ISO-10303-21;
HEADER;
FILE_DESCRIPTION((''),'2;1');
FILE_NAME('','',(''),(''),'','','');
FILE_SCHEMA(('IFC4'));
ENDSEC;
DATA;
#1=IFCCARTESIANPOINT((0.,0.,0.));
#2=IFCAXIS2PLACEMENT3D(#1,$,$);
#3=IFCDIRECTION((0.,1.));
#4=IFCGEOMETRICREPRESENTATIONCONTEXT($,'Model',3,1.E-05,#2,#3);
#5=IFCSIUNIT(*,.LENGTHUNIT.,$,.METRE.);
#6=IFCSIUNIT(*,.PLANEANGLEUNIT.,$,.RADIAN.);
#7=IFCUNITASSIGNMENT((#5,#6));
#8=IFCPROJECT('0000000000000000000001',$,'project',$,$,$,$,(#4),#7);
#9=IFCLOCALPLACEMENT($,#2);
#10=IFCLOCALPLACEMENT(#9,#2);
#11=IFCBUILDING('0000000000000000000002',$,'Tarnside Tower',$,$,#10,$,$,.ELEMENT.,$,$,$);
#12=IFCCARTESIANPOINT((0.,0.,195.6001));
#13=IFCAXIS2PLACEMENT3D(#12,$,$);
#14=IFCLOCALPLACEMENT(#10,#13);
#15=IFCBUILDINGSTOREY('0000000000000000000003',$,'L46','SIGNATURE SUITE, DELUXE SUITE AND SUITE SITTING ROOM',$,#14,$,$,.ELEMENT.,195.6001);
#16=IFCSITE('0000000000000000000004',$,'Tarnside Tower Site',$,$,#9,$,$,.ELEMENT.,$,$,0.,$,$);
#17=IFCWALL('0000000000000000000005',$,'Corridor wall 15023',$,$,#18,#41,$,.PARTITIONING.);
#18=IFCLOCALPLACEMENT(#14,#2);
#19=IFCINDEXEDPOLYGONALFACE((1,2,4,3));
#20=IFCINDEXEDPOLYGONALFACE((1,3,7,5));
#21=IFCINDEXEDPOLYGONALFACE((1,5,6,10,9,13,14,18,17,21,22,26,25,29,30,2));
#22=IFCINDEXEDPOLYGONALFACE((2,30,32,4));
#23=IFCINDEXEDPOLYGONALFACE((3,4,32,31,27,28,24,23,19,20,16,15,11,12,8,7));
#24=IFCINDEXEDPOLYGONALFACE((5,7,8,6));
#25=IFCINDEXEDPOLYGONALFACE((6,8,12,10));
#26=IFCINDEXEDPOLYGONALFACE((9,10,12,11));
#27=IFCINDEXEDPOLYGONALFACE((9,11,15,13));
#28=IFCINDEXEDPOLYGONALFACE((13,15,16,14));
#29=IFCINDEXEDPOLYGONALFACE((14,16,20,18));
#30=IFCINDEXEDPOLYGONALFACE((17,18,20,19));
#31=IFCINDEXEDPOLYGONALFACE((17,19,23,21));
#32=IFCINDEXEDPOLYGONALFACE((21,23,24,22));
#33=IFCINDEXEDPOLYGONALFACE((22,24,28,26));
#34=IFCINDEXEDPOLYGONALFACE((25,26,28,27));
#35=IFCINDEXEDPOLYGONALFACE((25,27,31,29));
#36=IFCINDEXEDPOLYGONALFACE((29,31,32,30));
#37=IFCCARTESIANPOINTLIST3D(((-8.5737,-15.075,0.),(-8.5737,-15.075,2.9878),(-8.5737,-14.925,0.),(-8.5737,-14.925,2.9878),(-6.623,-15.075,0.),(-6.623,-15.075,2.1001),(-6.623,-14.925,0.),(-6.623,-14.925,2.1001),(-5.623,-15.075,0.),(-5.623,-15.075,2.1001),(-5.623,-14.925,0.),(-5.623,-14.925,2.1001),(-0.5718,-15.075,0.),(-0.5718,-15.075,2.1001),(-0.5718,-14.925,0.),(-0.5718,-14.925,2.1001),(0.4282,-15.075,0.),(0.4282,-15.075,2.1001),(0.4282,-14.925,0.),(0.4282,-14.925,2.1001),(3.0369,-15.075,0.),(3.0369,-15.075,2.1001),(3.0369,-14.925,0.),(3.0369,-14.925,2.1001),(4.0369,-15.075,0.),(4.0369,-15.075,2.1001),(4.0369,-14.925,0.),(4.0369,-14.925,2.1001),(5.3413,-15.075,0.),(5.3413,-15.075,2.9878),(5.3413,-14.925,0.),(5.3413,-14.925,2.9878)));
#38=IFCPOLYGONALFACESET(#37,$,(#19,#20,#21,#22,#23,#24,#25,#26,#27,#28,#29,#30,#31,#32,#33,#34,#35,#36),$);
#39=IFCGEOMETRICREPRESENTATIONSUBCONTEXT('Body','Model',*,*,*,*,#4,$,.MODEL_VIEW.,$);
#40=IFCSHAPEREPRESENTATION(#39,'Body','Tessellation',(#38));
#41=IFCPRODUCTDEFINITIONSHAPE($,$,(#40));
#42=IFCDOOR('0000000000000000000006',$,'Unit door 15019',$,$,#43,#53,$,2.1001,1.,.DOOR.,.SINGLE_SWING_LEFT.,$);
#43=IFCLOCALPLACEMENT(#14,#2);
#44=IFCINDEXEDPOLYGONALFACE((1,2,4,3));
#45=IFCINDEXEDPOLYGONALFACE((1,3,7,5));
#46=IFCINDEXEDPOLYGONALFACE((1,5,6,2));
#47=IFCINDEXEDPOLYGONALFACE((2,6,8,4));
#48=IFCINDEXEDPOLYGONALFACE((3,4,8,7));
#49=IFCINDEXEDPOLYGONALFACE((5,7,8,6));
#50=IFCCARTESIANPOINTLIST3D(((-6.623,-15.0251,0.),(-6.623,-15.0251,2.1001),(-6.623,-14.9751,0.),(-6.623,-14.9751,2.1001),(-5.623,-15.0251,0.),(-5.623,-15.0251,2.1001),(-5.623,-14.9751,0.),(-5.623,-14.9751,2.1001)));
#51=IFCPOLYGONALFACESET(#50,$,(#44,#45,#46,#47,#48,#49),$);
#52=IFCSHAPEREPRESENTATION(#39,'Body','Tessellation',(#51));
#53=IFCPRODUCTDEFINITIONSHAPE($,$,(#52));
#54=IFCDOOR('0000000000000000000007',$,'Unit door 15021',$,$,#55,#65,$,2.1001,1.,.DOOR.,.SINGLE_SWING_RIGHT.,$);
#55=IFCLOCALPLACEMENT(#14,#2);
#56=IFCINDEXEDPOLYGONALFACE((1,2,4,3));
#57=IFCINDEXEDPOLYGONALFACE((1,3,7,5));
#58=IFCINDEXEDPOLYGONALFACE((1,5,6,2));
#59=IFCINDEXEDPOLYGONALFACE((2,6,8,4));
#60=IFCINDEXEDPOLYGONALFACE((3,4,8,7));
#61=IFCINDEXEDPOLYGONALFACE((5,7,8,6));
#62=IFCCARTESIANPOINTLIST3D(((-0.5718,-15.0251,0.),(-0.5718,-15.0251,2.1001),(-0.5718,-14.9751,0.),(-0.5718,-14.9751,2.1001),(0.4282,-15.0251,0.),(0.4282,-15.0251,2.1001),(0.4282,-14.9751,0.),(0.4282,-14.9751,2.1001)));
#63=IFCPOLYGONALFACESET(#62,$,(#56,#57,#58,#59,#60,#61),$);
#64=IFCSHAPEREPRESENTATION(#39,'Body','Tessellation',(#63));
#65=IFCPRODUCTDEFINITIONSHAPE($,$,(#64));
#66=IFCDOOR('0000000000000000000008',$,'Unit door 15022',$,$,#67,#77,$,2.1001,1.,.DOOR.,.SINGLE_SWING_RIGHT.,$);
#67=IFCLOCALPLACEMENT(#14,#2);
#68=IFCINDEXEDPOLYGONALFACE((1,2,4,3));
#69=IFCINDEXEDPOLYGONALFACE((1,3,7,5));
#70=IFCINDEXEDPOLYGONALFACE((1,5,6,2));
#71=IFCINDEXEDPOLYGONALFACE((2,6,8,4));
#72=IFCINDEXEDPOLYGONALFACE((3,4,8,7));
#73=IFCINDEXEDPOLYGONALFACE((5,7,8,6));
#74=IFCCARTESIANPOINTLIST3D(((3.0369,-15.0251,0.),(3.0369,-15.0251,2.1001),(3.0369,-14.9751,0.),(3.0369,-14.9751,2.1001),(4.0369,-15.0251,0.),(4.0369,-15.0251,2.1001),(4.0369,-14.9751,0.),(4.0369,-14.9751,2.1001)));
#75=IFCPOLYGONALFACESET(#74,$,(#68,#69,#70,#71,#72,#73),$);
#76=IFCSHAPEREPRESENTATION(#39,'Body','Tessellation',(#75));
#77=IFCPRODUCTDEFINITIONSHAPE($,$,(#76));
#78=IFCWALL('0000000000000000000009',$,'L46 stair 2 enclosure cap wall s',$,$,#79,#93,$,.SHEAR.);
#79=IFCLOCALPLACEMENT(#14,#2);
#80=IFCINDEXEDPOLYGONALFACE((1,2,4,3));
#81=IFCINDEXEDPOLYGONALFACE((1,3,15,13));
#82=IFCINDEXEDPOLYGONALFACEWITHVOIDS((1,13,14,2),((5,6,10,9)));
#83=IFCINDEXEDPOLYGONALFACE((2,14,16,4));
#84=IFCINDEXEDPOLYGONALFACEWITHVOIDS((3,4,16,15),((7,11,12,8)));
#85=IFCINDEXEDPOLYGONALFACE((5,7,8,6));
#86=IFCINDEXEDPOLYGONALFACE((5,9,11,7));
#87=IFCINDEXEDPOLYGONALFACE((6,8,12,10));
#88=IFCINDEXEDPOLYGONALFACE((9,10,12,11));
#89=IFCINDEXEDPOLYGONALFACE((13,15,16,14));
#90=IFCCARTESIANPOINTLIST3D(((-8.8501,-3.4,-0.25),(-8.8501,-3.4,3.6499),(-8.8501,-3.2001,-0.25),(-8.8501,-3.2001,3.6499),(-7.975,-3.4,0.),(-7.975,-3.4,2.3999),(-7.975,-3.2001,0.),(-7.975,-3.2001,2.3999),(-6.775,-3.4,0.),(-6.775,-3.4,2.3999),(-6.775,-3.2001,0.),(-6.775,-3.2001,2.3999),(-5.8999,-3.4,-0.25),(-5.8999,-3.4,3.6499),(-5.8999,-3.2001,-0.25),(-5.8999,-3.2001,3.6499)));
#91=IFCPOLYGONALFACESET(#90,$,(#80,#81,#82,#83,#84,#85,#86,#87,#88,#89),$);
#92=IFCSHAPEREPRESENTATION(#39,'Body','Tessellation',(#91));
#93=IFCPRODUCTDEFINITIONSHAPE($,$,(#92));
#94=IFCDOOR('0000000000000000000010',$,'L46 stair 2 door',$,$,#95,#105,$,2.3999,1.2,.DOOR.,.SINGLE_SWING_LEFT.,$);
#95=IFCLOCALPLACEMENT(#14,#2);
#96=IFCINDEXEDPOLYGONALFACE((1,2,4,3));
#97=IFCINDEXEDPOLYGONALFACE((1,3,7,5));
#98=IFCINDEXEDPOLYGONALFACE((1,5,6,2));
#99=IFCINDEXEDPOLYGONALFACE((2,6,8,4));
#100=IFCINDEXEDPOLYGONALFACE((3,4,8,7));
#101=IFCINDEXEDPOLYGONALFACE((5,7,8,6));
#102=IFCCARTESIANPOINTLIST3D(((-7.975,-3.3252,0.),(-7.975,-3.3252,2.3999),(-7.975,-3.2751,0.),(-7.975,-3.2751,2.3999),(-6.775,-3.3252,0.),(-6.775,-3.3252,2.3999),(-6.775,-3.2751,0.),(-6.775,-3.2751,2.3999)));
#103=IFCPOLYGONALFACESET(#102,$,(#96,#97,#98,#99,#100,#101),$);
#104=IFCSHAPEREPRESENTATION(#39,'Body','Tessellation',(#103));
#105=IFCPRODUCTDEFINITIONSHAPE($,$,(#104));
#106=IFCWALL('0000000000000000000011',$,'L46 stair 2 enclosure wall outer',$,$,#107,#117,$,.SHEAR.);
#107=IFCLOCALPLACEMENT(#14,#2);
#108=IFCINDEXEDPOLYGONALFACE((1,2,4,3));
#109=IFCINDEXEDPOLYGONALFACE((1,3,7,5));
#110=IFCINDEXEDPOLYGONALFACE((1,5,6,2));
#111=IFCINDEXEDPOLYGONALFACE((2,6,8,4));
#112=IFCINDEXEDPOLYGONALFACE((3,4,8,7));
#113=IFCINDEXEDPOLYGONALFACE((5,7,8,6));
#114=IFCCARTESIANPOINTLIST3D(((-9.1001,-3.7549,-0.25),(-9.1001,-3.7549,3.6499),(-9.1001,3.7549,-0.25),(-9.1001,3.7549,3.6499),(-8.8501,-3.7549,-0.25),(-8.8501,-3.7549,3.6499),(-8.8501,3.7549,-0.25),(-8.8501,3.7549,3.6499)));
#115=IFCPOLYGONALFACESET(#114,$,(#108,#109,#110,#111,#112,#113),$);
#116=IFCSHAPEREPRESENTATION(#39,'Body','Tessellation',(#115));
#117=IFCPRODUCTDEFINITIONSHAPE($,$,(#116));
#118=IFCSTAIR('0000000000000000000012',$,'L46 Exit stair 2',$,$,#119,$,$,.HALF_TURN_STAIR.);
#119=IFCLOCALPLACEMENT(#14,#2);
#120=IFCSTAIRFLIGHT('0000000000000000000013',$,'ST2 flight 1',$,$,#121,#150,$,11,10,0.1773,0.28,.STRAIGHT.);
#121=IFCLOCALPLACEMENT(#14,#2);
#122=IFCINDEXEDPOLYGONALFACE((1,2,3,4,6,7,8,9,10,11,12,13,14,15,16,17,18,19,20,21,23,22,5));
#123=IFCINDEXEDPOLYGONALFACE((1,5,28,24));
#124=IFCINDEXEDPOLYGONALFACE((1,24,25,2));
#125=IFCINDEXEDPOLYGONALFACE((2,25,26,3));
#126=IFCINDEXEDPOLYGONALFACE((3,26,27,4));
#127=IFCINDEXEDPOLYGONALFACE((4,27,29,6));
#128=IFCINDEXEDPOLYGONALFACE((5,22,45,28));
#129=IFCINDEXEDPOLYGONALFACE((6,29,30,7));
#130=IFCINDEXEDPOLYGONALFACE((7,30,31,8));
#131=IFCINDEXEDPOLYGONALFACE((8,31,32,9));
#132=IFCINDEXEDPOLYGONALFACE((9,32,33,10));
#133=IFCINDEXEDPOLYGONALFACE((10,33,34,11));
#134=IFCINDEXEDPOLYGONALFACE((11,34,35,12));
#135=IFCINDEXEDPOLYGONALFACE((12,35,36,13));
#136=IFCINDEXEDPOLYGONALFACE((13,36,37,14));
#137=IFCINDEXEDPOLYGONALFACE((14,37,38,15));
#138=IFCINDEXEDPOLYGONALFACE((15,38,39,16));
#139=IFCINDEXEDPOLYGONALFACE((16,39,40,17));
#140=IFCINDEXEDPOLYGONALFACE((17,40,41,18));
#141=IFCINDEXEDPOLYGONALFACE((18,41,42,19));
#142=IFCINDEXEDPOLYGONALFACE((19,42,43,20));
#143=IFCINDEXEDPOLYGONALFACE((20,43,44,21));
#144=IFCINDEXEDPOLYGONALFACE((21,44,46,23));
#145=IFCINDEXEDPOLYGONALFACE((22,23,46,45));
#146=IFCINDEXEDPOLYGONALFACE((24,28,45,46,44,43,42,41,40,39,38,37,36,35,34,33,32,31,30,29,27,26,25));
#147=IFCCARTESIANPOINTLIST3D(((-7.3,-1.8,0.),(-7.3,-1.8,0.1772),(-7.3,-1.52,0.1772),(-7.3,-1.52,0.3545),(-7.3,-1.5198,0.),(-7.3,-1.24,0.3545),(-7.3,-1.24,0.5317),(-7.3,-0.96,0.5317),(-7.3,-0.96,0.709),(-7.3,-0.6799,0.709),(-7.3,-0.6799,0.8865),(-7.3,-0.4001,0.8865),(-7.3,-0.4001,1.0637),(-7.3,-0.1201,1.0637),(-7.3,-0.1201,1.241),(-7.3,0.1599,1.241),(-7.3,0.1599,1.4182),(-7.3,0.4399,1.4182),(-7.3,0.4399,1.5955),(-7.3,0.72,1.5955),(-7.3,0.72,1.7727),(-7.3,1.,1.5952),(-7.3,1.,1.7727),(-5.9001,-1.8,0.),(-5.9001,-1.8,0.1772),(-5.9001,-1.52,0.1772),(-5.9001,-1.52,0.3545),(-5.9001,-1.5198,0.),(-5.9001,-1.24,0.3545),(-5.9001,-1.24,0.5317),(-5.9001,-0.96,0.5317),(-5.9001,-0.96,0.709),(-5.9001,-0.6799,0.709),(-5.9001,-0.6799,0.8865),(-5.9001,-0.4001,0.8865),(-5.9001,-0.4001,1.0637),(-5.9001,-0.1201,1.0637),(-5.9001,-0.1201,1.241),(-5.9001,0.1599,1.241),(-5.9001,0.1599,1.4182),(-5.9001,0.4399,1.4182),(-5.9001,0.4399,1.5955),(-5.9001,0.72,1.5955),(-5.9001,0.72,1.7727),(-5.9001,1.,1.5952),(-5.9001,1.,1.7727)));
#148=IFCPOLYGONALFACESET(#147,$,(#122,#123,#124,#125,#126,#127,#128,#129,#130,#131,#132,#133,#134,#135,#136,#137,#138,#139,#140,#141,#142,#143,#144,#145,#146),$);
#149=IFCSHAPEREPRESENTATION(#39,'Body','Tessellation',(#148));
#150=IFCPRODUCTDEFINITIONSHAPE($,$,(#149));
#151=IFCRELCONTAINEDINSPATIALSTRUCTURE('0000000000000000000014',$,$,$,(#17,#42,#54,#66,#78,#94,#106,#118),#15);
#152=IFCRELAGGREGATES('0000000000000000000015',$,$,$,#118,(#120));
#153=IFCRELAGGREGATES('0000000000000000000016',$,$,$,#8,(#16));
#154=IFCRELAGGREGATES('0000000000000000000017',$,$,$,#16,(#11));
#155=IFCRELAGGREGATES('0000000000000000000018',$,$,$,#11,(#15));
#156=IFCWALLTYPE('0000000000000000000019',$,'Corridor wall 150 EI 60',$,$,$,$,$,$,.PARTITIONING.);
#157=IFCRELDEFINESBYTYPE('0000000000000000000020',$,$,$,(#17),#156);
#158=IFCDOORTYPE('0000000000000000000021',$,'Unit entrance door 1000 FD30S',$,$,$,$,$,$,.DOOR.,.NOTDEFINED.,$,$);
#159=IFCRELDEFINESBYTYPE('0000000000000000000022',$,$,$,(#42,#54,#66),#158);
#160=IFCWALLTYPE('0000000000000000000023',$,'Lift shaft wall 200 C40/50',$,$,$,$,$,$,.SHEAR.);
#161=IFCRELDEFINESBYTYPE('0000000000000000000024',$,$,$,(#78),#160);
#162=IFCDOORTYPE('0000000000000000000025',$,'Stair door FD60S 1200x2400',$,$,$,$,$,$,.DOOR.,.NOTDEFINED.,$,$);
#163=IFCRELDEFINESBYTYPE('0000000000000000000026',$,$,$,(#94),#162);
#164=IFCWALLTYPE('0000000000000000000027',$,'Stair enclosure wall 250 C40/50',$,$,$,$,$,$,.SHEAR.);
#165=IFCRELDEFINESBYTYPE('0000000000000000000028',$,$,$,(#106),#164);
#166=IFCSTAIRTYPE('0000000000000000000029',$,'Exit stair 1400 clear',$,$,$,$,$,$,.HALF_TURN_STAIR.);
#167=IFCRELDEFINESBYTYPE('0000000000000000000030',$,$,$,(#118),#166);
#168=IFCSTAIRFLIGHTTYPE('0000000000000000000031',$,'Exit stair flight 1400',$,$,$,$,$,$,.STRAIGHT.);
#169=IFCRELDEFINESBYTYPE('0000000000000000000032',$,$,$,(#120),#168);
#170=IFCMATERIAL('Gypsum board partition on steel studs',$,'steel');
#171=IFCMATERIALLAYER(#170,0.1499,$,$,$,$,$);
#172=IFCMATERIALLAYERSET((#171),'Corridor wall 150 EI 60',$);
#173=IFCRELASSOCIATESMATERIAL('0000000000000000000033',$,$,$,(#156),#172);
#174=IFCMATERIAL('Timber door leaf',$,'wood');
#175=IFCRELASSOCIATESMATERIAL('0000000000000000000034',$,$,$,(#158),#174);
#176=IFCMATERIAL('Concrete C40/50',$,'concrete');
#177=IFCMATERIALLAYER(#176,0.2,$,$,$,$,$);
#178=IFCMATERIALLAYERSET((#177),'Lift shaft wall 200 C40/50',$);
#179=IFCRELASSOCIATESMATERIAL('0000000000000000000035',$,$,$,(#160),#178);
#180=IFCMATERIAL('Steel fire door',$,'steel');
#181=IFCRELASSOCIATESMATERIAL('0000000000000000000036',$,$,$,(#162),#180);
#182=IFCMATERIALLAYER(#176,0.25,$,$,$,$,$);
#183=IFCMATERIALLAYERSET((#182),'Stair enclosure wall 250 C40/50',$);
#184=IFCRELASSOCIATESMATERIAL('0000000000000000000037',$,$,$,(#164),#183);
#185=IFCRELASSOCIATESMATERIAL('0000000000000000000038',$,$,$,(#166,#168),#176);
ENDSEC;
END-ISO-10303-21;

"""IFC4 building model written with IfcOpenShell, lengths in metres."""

from ifc_helpers import new_model, si_unit, direction, frame, frame_2d, origin, place, context, subcontext, project, spatial, polyline, rectangle, outline, extrude, material, layer, layer_set, type_object, element, fill, aggregate, save


model = new_model("IFC4")

# Units and contexts
model_context = context("Model", 3, precision=1e-05, world=origin(), true_north=direction((0.0, 1.0)))
body_context = subcontext(model_context, "Body", "Model", "MODEL_VIEW")
ifc_project = project(units=[si_unit("LENGTHUNIT", "METRE"), si_unit("PLANEANGLEUNIT", "RADIAN")], contexts=[model_context])

# Site, building, storey
site_placement = place(None, origin())
site = spatial("IfcSite", under=ifc_project, at=site_placement, Name="Tarnside Tower Site", CompositionType="ELEMENT", RefElevation=0.0)
building_placement = place(site_placement, origin())
building = spatial("IfcBuilding", under=site, at=building_placement, Name="Tarnside Tower", CompositionType="ELEMENT")
storey_placement = place(building_placement, frame((0.0, 0.0, 195.6001)))
storey = spatial("IfcBuildingStorey", under=building, at=storey_placement, Name="L46", Description="SIGNATURE SUITE, DELUXE SUITE AND SUITE SITTING ROOM", CompositionType="ELEMENT", Elevation=195.6001)

# Shared definitions
ifc_material_1 = material(Name="Gypsum board partition on steel studs", Category="steel")
ifc_material_2 = material(Name="Timber door leaf", Category="wood")
ifc_material_3 = material(Name="Steel fire door", Category="steel")

# Shared definitions
ifc_layer_1 = layer(ifc_material_1, 0.1499)
ifc_layer_set_1 = layer_set([ifc_layer_1], Name="Corridor wall 150 EI 60")
wall_type_1 = type_object("IfcWallType", Name="Corridor wall 150 EI 60", PredefinedType="PARTITIONING", material=ifc_layer_set_1)

# Wall, openings, doors
door_type_1 = type_object("IfcDoorType", Name="Unit entrance door 1000 FD30S", OperationType="NOTDEFINED", PredefinedType="DOOR", material=ifc_material_2)
wall_1_placement = place(storey_placement, frame((-8.5737, -15.0, 0.0), z_axis=(0.0, 0.0, 1.0), x_axis=(1.0, 0.0, 0.0)))
wall_1 = element("IfcWall", 1, at=wall_1_placement, inside=storey, type_object=wall_type_1, Name="Corridor wall 15023", PredefinedType="PARTITIONING", context=body_context, shape_type="SweptSolid", body=[
    extrude(rectangle(XDim=13.915, YDim=0.1499, at=frame_2d((6.9575, 0.0))), origin(), (0.0, 0.0, 1.0), 2.9878),
])
opening_1_placement = place(wall_1_placement, frame((1.9507, 0.0, 0.0)))
opening_1 = element("IfcOpeningElement", 2, at=opening_1_placement, cuts=wall_1, PredefinedType="OPENING", context=body_context, shape_type="SweptSolid", body=[
    extrude(rectangle(XDim=1.0, YDim=2.1001, at=frame_2d((0.5, 1.05))), frame((0.0, 0.085, 0.0), z_axis=(0.0, -1.0, 0.0), x_axis=(1.0, 0.0, 0.0)), (0.0, 0.0, 1.0), 0.1699),
])
opening_2_placement = place(wall_1_placement, frame((8.002, 0.0, 0.0)))
opening_2 = element("IfcOpeningElement", 3, at=opening_2_placement, cuts=wall_1, PredefinedType="OPENING", context=body_context, shape_type="SweptSolid", body=[
    extrude(rectangle(XDim=1.0, YDim=2.1001, at=frame_2d((0.5, 1.05))), frame((0.0, 0.085, 0.0), z_axis=(0.0, -1.0, 0.0), x_axis=(1.0, 0.0, 0.0)), (0.0, 0.0, 1.0), 0.1699),
])
opening_3_placement = place(wall_1_placement, frame((11.6106, 0.0, 0.0)))
opening_3 = element("IfcOpeningElement", 4, at=opening_3_placement, cuts=wall_1, PredefinedType="OPENING", context=body_context, shape_type="SweptSolid", body=[
    extrude(rectangle(XDim=1.0, YDim=2.1001, at=frame_2d((0.5, 1.05))), frame((0.0, 0.085, 0.0), z_axis=(0.0, -1.0, 0.0), x_axis=(1.0, 0.0, 0.0)), (0.0, 0.0, 1.0), 0.1699),
])
door_1_placement = place(opening_1_placement, origin())
door_1 = element("IfcDoor", 5, at=door_1_placement, inside=storey, type_object=door_type_1, Name="Unit door 15019", OperationType="SINGLE_SWING_LEFT", OverallHeight=2.1001, OverallWidth=1.0, PredefinedType="DOOR", context=body_context, shape_type="SweptSolid", body=[
    extrude(rectangle(XDim=1.0, YDim=2.1001, at=frame_2d((0.5, 1.05))), frame((0.0, 0.0249, 0.0), z_axis=(0.0, -1.0, 0.0), x_axis=(1.0, 0.0, 0.0)), (0.0, 0.0, 1.0), 0.05),
])
fill(opening_1, door_1)
door_2_placement = place(opening_2_placement, origin())
door_2 = element("IfcDoor", 6, at=door_2_placement, inside=storey, type_object=door_type_1, Name="Unit door 15021", OperationType="SINGLE_SWING_RIGHT", OverallHeight=2.1001, OverallWidth=1.0, PredefinedType="DOOR", context=body_context, shape_type="SweptSolid", body=[
    extrude(rectangle(XDim=1.0, YDim=2.1001, at=frame_2d((0.5, 1.05))), frame((0.0, 0.0249, 0.0), z_axis=(0.0, -1.0, 0.0), x_axis=(1.0, 0.0, 0.0)), (0.0, 0.0, 1.0), 0.05),
])
fill(opening_2, door_2)
door_3_placement = place(opening_3_placement, origin())
door_3 = element("IfcDoor", 7, at=door_3_placement, inside=storey, type_object=door_type_1, Name="Unit door 15022", OperationType="SINGLE_SWING_RIGHT", OverallHeight=2.1001, OverallWidth=1.0, PredefinedType="DOOR", context=body_context, shape_type="SweptSolid", body=[
    extrude(rectangle(XDim=1.0, YDim=2.1001, at=frame_2d((0.5, 1.05))), frame((0.0, 0.0249, 0.0), z_axis=(0.0, -1.0, 0.0), x_axis=(1.0, 0.0, 0.0)), (0.0, 0.0, 1.0), 0.05),
])
fill(opening_3, door_3)

# Wall, opening, door
ifc_material_4 = material(Name="Concrete C40/50", Category="concrete")
ifc_layer_2 = layer(ifc_material_4, 0.2)
ifc_layer_set_2 = layer_set([ifc_layer_2], Name="Lift shaft wall 200 C40/50")
wall_type_2 = type_object("IfcWallType", Name="Lift shaft wall 200 C40/50", PredefinedType="SHEAR", material=ifc_layer_set_2)
wall_2_placement = place(storey_placement, frame((-8.8501, -3.3, -0.25), z_axis=(0.0, 0.0, 1.0), x_axis=(1.0, 0.0, 0.0)))
wall_2 = element("IfcWall", 8, at=wall_2_placement, inside=storey, type_object=wall_type_2, Name="L46 stair 2 enclosure cap wall s", PredefinedType="SHEAR", context=body_context, shape_type="SweptSolid", body=[
    extrude(rectangle(XDim=2.9502, YDim=0.2, at=frame_2d((1.4751, 0.0))), origin(), (0.0, 0.0, 1.0), 3.8999),
])
opening_4_placement = place(wall_2_placement, frame((0.875, 0.0, 0.25)))
opening_4 = element("IfcOpeningElement", 9, at=opening_4_placement, cuts=wall_2, PredefinedType="OPENING", context=body_context, shape_type="SweptSolid", body=[
    extrude(rectangle(XDim=1.2, YDim=2.3999, at=frame_2d((0.6001, 1.2))), frame((0.0, 0.1099, 0.0), z_axis=(0.0, -1.0, 0.0), x_axis=(1.0, 0.0, 0.0)), (0.0, 0.0, 1.0), 0.22),
])
door_type_2 = type_object("IfcDoorType", Name="Stair door FD60S 1200x2400", OperationType="NOTDEFINED", PredefinedType="DOOR", material=ifc_material_3)
door_4_placement = place(opening_4_placement, origin())
door_4 = element("IfcDoor", 10, at=door_4_placement, inside=storey, type_object=door_type_2, Name="L46 stair 2 door", OperationType="SINGLE_SWING_LEFT", OverallHeight=2.3999, OverallWidth=1.2, PredefinedType="DOOR", context=body_context, shape_type="SweptSolid", body=[
    extrude(rectangle(XDim=1.2, YDim=2.3999, at=frame_2d((0.6001, 1.2))), frame((0.0, 0.0249, 0.0), z_axis=(0.0, -1.0, 0.0), x_axis=(1.0, 0.0, 0.0)), (0.0, 0.0, 1.0), 0.05),
])
fill(opening_4, door_4)

# Wall
ifc_layer_3 = layer(ifc_material_4, 0.25)
ifc_layer_set_3 = layer_set([ifc_layer_3], Name="Stair enclosure wall 250 C40/50")
wall_type_3 = type_object("IfcWallType", Name="Stair enclosure wall 250 C40/50", PredefinedType="SHEAR", material=ifc_layer_set_3)
wall_3_placement = place(storey_placement, frame((-8.9751, -3.7549, -0.25), z_axis=(0.0, 0.0, 1.0), x_axis=(0.0, 1.0, 0.0)))
element("IfcWall", 11, at=wall_3_placement, inside=storey, type_object=wall_type_3, Name="L46 stair 2 enclosure wall outer", PredefinedType="SHEAR", context=body_context, shape_type="SweptSolid", body=[
    extrude(rectangle(XDim=7.5098, YDim=0.25, at=frame_2d((3.7549, 0.0))), origin(), (0.0, 0.0, 1.0), 3.8999),
])

# Stair, stair flight
stair_type = type_object("IfcStairType", Name="Exit stair 1400 clear", PredefinedType="HALF_TURN_STAIR", material=ifc_material_4)
stair_placement = place(storey_placement, origin())
stair = element("IfcStair", 12, at=stair_placement, inside=storey, type_object=stair_type, Name="L46 Exit stair 2", PredefinedType="HALF_TURN_STAIR")
stair_flight_type = type_object("IfcStairFlightType", Name="Exit stair flight 1400", PredefinedType="STRAIGHT", material=ifc_material_4)
stair_flight_placement = place(storey_placement, frame((-6.6001, -1.8, 0.0), z_axis=(0.0, 0.0, 1.0), x_axis=(0.0, 1.0, 0.0)))
stair_flight = element("IfcStairFlight", 13, at=stair_flight_placement, type_object=stair_flight_type, Name="ST2 flight 1", NumberOfRisers=11, NumberOfTreads=10, PredefinedType="STRAIGHT", RiserHeight=0.1773, TreadLength=0.28, context=body_context, shape_type="SweptSolid", body=[
    extrude(outline(polyline([(0.0, 0.0), (0.0, 0.1772), (0.28, 0.1772), (0.28, 0.3545), (0.5601, 0.3545), (0.5601, 0.5317), (0.8401, 0.5317), (0.8401, 0.709), (1.1201, 0.709), (1.1201, 0.8865), (1.3999, 0.8865), (1.3999, 1.0637), (1.6799, 1.0637), (1.6799, 1.241), (1.96, 1.241), (1.96, 1.4182), (2.24, 1.4182), (2.24, 1.5955), (2.52, 1.5955), (2.52, 1.7727), (2.8, 1.7727), (2.8, 1.95), (2.8, 1.5952), (0.2803, 0.0), (0.0, 0.0)])), frame((0.0, 0.7, 0.0), z_axis=(0.0, -1.0, 0.0), x_axis=(1.0, 0.0, 0.0)), (0.0, 0.0, 1.0), 1.3999),
])
aggregate(stair, [stair_flight])

save(model, "model.ifc")
